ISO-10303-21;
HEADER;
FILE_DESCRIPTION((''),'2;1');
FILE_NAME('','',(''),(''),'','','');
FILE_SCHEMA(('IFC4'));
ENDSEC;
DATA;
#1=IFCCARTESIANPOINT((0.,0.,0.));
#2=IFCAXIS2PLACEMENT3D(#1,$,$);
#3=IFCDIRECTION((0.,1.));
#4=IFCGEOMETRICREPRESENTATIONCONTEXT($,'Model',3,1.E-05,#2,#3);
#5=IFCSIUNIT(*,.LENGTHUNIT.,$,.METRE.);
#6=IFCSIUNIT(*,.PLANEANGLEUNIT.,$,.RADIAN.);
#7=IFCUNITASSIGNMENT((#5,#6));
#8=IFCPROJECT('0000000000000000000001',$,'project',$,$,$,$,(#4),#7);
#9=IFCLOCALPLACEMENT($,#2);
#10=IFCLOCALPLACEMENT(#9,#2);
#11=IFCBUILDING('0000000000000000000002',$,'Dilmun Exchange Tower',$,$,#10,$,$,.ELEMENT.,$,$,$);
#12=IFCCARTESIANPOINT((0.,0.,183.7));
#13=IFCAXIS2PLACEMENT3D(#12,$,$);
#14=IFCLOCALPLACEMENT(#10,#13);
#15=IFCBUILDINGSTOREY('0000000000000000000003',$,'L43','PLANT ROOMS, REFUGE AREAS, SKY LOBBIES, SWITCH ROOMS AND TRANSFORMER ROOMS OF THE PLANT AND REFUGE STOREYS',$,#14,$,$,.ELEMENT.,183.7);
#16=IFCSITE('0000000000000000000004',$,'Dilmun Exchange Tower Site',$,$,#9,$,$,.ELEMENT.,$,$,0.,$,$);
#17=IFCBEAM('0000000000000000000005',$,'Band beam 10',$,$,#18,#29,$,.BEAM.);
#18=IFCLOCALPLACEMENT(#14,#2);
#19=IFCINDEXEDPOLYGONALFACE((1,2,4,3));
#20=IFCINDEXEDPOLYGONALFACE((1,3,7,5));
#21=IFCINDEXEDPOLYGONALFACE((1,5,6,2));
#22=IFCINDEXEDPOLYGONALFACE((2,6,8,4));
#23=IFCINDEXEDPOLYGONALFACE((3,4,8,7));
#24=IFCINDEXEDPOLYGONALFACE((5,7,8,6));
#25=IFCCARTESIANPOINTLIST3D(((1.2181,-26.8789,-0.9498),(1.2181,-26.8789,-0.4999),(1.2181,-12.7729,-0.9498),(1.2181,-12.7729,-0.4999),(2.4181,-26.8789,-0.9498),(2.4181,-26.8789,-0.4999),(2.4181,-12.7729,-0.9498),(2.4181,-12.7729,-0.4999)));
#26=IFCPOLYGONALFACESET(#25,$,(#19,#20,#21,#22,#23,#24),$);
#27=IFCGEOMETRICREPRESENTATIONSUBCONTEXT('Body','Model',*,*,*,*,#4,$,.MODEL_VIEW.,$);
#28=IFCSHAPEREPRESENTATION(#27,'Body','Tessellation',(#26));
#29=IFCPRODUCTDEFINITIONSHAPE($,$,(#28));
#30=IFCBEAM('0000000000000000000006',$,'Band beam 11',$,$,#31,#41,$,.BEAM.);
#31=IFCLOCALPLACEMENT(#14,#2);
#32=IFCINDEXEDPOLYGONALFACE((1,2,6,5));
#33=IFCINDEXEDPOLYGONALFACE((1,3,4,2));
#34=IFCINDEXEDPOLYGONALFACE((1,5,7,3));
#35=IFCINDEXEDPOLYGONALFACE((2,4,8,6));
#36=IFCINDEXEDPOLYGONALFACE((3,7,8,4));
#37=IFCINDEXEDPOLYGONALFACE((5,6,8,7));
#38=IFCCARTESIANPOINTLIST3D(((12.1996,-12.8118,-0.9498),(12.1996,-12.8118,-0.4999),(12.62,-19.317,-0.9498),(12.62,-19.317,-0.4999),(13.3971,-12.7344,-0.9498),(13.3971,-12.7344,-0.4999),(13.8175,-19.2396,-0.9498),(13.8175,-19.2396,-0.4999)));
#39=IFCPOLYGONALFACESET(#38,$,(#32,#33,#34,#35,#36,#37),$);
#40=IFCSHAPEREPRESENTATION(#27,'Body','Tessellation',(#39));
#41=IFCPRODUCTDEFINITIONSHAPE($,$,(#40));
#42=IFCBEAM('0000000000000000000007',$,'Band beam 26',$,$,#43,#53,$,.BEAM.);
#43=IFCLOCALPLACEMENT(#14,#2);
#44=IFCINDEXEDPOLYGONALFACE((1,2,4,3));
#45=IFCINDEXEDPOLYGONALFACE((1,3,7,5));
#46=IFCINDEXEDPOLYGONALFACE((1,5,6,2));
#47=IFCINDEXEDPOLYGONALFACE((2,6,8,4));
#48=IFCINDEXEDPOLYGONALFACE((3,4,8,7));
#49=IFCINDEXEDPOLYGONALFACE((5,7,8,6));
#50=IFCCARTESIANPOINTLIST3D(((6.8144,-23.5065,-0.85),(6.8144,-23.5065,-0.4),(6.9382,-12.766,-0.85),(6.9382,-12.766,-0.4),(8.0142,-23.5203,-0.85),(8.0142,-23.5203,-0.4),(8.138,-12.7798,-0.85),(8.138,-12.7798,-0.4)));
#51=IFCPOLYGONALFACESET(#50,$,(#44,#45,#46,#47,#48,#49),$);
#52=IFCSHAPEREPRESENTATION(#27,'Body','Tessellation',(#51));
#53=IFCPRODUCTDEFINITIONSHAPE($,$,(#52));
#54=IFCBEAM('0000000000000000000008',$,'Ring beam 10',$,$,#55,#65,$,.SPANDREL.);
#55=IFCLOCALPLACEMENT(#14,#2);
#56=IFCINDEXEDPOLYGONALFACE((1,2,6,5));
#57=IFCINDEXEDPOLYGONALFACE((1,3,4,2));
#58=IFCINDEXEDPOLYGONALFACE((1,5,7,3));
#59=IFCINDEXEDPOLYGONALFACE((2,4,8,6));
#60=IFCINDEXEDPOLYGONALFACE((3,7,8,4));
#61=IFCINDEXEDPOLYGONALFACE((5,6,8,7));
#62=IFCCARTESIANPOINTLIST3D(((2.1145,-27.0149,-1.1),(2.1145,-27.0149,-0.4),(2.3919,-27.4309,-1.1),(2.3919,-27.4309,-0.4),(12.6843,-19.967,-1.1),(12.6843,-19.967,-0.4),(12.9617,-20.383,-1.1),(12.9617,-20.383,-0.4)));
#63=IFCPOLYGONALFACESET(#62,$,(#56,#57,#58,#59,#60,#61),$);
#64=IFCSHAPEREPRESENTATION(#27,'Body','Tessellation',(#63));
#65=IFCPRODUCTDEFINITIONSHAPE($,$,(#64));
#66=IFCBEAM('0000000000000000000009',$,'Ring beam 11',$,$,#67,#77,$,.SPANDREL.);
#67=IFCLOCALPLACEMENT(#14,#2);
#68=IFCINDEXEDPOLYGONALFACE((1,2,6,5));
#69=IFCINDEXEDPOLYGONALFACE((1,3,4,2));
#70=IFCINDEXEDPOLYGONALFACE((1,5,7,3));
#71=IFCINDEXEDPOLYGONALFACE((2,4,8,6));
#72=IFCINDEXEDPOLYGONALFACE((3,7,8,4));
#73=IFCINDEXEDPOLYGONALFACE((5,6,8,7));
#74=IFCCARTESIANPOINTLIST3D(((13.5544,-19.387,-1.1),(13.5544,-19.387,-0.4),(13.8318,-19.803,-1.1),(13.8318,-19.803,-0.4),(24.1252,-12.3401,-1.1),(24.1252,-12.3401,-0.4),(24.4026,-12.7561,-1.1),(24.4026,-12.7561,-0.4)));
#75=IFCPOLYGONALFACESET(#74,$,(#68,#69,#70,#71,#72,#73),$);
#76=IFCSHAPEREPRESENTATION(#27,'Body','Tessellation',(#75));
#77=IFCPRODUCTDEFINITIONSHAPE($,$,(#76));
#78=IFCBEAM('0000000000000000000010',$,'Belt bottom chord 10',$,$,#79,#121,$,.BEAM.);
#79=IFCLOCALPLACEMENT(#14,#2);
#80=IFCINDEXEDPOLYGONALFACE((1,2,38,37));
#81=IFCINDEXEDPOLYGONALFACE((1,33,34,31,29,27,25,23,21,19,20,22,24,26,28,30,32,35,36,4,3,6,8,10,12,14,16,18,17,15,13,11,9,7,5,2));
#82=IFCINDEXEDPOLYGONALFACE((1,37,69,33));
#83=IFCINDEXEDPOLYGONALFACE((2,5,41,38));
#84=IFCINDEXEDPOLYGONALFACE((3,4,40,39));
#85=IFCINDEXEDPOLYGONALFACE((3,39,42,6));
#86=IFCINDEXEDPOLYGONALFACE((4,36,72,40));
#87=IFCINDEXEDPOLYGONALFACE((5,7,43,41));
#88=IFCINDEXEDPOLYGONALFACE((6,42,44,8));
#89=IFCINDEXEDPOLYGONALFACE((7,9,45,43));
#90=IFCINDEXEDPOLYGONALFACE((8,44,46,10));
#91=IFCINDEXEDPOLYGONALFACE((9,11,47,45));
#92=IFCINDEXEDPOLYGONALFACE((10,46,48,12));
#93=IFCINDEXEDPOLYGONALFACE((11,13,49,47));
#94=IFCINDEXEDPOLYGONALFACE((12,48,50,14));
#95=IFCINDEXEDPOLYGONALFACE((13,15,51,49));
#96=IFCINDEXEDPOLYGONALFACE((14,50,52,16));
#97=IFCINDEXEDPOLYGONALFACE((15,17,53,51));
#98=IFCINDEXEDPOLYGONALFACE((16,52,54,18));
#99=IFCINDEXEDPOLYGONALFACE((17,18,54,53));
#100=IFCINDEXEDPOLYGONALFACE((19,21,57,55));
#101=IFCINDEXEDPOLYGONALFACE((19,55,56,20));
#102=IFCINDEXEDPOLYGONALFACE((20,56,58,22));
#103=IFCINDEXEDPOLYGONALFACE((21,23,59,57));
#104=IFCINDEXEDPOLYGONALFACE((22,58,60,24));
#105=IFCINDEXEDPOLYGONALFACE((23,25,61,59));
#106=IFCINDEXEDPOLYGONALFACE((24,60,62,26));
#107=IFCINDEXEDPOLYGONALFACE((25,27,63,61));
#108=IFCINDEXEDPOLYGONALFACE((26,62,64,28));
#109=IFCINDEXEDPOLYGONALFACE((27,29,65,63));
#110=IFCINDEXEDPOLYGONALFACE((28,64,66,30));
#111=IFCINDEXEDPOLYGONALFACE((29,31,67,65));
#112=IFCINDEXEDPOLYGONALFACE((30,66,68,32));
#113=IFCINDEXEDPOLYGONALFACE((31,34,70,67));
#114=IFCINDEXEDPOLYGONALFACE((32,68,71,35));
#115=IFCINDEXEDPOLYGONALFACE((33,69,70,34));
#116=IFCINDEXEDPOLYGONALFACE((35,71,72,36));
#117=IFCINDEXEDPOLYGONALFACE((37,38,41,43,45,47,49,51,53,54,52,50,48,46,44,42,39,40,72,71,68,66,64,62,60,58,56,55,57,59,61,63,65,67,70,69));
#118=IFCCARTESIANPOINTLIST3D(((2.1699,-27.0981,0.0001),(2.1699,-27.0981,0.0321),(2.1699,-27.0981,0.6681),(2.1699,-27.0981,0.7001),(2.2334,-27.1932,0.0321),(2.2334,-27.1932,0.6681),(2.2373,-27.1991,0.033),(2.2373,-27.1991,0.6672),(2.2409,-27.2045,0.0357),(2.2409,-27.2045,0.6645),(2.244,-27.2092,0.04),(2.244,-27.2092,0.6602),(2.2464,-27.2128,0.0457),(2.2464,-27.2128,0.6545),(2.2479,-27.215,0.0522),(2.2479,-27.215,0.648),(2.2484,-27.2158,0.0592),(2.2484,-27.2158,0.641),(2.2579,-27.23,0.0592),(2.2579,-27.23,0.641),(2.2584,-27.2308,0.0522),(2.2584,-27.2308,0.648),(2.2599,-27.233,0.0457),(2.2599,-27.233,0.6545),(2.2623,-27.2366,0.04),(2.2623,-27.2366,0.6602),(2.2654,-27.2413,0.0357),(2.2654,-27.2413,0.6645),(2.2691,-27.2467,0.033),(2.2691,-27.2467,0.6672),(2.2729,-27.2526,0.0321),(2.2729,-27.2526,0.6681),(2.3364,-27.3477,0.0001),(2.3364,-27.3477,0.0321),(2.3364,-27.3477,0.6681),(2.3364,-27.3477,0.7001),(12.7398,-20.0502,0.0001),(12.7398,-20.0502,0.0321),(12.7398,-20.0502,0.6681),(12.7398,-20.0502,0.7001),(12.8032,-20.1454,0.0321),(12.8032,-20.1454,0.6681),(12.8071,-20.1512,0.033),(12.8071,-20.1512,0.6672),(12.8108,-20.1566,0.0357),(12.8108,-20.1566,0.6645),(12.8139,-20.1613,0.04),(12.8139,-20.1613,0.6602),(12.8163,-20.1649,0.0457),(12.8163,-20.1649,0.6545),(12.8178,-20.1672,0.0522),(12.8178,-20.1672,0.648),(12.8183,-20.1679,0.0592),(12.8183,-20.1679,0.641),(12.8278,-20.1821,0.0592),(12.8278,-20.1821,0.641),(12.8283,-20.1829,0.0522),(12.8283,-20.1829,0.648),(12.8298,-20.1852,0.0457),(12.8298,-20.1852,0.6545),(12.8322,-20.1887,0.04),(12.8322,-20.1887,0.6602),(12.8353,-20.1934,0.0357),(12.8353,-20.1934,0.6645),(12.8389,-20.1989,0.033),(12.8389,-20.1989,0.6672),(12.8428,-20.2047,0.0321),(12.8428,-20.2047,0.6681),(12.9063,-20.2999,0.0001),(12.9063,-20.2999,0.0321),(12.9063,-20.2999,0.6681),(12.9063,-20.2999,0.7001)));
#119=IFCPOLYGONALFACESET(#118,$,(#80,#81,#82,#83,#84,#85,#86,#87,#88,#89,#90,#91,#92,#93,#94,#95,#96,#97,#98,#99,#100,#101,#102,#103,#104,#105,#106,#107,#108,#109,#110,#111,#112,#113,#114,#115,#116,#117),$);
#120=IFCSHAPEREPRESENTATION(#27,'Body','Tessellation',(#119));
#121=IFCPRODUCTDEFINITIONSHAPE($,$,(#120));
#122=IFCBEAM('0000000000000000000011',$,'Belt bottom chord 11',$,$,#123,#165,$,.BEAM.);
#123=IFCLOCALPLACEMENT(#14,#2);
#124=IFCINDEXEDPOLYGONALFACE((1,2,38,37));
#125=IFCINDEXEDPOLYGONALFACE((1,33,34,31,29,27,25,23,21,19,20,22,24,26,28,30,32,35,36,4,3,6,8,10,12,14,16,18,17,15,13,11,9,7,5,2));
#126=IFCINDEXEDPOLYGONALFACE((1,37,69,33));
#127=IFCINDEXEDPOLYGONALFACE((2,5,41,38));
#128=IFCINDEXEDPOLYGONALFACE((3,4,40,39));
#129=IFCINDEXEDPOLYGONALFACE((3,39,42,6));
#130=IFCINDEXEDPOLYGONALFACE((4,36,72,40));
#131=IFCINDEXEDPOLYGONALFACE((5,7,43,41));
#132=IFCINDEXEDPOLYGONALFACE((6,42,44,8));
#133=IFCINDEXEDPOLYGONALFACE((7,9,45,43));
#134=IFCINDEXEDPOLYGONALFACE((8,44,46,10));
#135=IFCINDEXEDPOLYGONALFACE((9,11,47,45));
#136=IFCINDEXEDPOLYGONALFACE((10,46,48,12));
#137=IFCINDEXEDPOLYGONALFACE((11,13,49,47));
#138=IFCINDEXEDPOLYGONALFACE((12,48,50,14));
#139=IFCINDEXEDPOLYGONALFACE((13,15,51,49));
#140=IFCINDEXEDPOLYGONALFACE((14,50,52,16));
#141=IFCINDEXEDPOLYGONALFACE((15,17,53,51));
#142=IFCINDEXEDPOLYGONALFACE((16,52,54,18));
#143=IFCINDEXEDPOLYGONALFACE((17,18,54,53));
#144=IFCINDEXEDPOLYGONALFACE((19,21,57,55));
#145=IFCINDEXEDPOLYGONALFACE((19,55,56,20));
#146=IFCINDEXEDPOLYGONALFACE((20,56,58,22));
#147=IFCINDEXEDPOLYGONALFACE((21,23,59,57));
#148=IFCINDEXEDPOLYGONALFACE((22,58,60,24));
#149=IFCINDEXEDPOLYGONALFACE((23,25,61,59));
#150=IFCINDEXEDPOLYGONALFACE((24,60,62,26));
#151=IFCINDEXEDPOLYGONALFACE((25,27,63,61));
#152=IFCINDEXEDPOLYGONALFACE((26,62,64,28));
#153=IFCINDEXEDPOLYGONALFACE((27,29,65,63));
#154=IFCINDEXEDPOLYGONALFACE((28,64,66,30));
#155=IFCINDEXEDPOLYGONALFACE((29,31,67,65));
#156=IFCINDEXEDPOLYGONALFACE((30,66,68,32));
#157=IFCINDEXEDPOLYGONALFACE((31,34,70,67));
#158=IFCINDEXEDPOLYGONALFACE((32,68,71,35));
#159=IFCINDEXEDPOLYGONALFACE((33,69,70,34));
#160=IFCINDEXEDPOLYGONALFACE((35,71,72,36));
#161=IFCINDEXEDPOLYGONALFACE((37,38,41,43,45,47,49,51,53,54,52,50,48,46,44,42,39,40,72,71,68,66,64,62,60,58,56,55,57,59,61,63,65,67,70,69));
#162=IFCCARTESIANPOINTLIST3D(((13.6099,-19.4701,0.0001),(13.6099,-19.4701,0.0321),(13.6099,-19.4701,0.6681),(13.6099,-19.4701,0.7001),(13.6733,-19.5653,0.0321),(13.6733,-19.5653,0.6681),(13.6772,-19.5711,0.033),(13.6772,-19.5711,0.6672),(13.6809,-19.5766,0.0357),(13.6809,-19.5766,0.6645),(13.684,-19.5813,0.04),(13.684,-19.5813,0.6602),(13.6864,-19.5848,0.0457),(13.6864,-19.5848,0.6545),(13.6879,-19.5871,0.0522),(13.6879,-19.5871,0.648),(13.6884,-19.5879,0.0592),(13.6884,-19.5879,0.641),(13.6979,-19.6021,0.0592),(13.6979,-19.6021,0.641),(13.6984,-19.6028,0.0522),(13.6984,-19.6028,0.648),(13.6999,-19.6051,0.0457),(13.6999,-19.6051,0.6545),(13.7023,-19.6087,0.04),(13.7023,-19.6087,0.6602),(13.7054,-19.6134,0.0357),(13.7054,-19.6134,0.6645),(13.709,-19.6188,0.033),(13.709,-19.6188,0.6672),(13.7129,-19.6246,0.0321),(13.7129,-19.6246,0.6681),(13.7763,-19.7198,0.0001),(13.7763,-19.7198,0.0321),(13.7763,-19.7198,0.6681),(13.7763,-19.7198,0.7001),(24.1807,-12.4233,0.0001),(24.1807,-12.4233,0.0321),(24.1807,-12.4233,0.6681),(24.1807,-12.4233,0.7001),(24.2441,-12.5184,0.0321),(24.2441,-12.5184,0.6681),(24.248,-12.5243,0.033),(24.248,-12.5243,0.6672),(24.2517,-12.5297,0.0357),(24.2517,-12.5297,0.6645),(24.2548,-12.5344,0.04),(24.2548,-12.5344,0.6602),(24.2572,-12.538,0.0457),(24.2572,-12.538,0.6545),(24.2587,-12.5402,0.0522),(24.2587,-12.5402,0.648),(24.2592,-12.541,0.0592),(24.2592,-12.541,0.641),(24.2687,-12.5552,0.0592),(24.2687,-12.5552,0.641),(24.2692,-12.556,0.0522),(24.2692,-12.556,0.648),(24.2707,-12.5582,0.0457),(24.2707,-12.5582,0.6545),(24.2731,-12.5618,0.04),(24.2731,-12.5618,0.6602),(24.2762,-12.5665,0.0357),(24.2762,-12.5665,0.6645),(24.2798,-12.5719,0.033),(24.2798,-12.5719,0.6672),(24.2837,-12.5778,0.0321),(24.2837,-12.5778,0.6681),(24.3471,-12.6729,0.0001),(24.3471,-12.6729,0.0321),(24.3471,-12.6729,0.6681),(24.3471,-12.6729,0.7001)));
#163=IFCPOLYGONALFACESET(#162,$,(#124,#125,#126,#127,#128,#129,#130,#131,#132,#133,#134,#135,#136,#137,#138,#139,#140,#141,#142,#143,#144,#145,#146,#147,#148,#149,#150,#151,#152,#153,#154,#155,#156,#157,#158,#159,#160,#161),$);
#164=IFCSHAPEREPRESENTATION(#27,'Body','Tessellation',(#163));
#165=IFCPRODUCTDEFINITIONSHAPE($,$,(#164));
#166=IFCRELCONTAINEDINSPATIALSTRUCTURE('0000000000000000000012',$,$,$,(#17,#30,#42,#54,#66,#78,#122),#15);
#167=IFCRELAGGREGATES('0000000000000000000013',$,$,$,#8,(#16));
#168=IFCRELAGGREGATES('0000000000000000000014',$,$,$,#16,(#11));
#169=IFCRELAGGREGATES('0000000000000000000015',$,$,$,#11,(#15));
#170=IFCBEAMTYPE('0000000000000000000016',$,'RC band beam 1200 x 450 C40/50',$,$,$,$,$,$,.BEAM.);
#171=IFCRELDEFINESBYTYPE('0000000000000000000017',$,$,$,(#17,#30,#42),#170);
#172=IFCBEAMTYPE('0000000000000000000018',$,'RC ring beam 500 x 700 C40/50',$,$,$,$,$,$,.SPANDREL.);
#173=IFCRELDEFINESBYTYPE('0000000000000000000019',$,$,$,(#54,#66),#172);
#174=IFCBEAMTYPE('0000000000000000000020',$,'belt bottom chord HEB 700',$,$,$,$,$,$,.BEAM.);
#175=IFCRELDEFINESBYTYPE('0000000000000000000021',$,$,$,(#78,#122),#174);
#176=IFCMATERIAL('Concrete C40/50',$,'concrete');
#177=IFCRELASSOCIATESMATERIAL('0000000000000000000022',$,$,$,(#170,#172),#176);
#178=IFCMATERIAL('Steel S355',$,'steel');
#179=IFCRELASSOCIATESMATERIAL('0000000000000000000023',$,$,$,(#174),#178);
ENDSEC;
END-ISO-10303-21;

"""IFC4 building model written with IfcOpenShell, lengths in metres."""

from ifc_helpers import new_model, si_unit, direction, frame, origin, origin_2d, place, context, subcontext, project, spatial, rectangle, i_section, extrude, material, material_profile, profile_set, type_object, element, save


model = new_model("IFC4")

# Units and contexts
model_context = context("Model", 3, precision=1e-05, world=origin(), true_north=direction((0.0, 1.0)))
body_context = subcontext(model_context, "Body", "Model", "MODEL_VIEW")
ifc_project = project(units=[si_unit("LENGTHUNIT", "METRE"), si_unit("PLANEANGLEUNIT", "RADIAN")], contexts=[model_context])

# Site, building, storey
site_placement = place(None, origin())
site = spatial("IfcSite", under=ifc_project, at=site_placement, Name="Dilmun Exchange Tower Site", CompositionType="ELEMENT", RefElevation=0.0)
building_placement = place(site_placement, origin())
building = spatial("IfcBuilding", under=site, at=building_placement, Name="Dilmun Exchange Tower", CompositionType="ELEMENT")
storey_placement = place(building_placement, frame((0.0, 0.0, 183.7)))
storey = spatial("IfcBuildingStorey", under=building, at=storey_placement, Name="L43", Description="PLANT ROOMS, REFUGE AREAS, SKY LOBBIES, SWITCH ROOMS AND TRANSFORMER ROOMS OF THE PLANT AND REFUGE STOREYS", CompositionType="ELEMENT", Elevation=183.7)

# Beams
ifc_material_1 = material(Name="Concrete C40/50", Category="concrete")
ifc_material_profile_1 = material_profile(ifc_material_1, rectangle(XDim=1.2, YDim=0.45, at=origin_2d()), Name="1200 x 450")
ifc_profile_set_1 = profile_set([ifc_material_profile_1], Name="Concrete C40/50")
beam_type_1 = type_object("IfcBeamType", Name="RC band beam 1200 x 450 C40/50", PredefinedType="BEAM", material=ifc_profile_set_1)
beam_1_placement = place(storey_placement, frame((1.8181, -26.8789, -0.7249), z_axis=(0.0, 1.0, 0.0), x_axis=(-1.0, 0.0, 0.0)))
element("IfcBeam", 1, at=beam_1_placement, inside=storey, type_object=beam_type_1, Name="Band beam 10", PredefinedType="BEAM", context=body_context, shape_type="SweptSolid", body=[
    extrude(rectangle(XDim=1.2, YDim=0.45, at=origin_2d()), origin(), (0.0, 0.0, 1.0), 14.106),
])
beam_2_placement = place(storey_placement, frame((13.2188, -19.2783, -0.7249), z_axis=(-0.064493, 0.997918, 0.0), x_axis=(-0.997918, -0.064493, 0.0)))
element("IfcBeam", 2, at=beam_2_placement, inside=storey, type_object=beam_type_1, Name="Band beam 11", PredefinedType="BEAM", context=body_context, shape_type="SweptSolid", body=[
    extrude(rectangle(XDim=1.2, YDim=0.45, at=origin_2d()), origin(), (0.0, 0.0, 1.0), 6.5188),
])
beam_3_placement = place(storey_placement, frame((7.4143, -23.5134, -0.625), z_axis=(0.011524, 0.999934, 0.0), x_axis=(-0.999934, 0.011524, 0.0)))
element("IfcBeam", 3, at=beam_3_placement, inside=storey, type_object=beam_type_1, Name="Band beam 26", PredefinedType="BEAM", context=body_context, shape_type="SweptSolid", body=[
    extrude(rectangle(XDim=1.2, YDim=0.45, at=origin_2d()), origin(), (0.0, 0.0, 1.0), 10.7412),
])
ifc_material_profile_2 = material_profile(ifc_material_1, rectangle(XDim=0.5, YDim=0.7, at=origin_2d()), Name="500 x 700")
ifc_profile_set_2 = profile_set([ifc_material_profile_2], Name="Concrete C40/50")
beam_type_2 = type_object("IfcBeamType", Name="RC ring beam 500 x 700 C40/50", PredefinedType="SPANDREL", material=ifc_profile_set_2)
beam_4_placement = place(storey_placement, frame((2.2532, -27.2229, -0.75), z_axis=(0.832003, 0.554771, 0.0), x_axis=(-0.554771, 0.832003, 0.0)))
element("IfcBeam", 4, at=beam_4_placement, inside=storey, type_object=beam_type_2, Name="Ring beam 10", PredefinedType="SPANDREL", context=body_context, shape_type="SweptSolid", body=[
    extrude(rectangle(XDim=0.5, YDim=0.7, at=origin_2d()), origin(), (0.0, 0.0, 1.0), 12.7041),
])
beam_5_placement = place(storey_placement, frame((13.6931, -19.595, -0.75), z_axis=(0.832062, 0.554682, 0.0), x_axis=(-0.554682, 0.832062, 0.0)))
element("IfcBeam", 5, at=beam_5_placement, inside=storey, type_object=beam_type_2, Name="Ring beam 11", PredefinedType="SPANDREL", context=body_context, shape_type="SweptSolid", body=[
    extrude(rectangle(XDim=0.5, YDim=0.7, at=origin_2d()), origin(), (0.0, 0.0, 1.0), 12.7043),
])
ifc_material_2 = material(Name="Steel S355", Category="steel")
ifc_material_profile_3 = material_profile(ifc_material_2, i_section(OverallWidth=0.3, OverallDepth=0.7, WebThickness=0.0171, FlangeThickness=0.032, FilletRadius=0.0271, at=origin_2d()), Name="HEB 700")
ifc_profile_set_3 = profile_set([ifc_material_profile_3], Name="Steel S355")
beam_type_3 = type_object("IfcBeamType", Name="belt bottom chord HEB 700", PredefinedType="BEAM", material=ifc_profile_set_3)
beam_6_placement = place(storey_placement, frame((2.2532, -27.2229, 0.3501), z_axis=(0.832003, 0.554771, 0.0), x_axis=(-0.554771, 0.832003, 0.0)))
element("IfcBeam", 6, at=beam_6_placement, inside=storey, type_object=beam_type_3, Name="Belt bottom chord 10", PredefinedType="BEAM", context=body_context, shape_type="SweptSolid", body=[
    extrude(i_section(OverallWidth=0.3, OverallDepth=0.7, WebThickness=0.0171, FlangeThickness=0.032, FilletRadius=0.0271, at=origin_2d()), origin(), (0.0, 0.0, 1.0), 12.7041),
])
beam_7_placement = place(storey_placement, frame((13.6931, -19.595, 0.3501), z_axis=(0.832062, 0.554682, 0.0), x_axis=(-0.554682, 0.832062, 0.0)))
element("IfcBeam", 7, at=beam_7_placement, inside=storey, type_object=beam_type_3, Name="Belt bottom chord 11", PredefinedType="BEAM", context=body_context, shape_type="SweptSolid", body=[
    extrude(i_section(OverallWidth=0.3, OverallDepth=0.7, WebThickness=0.0171, FlangeThickness=0.032, FilletRadius=0.0271, at=origin_2d()), origin(), (0.0, 0.0, 1.0), 12.7043),
])

save(model, "model.ifc")
